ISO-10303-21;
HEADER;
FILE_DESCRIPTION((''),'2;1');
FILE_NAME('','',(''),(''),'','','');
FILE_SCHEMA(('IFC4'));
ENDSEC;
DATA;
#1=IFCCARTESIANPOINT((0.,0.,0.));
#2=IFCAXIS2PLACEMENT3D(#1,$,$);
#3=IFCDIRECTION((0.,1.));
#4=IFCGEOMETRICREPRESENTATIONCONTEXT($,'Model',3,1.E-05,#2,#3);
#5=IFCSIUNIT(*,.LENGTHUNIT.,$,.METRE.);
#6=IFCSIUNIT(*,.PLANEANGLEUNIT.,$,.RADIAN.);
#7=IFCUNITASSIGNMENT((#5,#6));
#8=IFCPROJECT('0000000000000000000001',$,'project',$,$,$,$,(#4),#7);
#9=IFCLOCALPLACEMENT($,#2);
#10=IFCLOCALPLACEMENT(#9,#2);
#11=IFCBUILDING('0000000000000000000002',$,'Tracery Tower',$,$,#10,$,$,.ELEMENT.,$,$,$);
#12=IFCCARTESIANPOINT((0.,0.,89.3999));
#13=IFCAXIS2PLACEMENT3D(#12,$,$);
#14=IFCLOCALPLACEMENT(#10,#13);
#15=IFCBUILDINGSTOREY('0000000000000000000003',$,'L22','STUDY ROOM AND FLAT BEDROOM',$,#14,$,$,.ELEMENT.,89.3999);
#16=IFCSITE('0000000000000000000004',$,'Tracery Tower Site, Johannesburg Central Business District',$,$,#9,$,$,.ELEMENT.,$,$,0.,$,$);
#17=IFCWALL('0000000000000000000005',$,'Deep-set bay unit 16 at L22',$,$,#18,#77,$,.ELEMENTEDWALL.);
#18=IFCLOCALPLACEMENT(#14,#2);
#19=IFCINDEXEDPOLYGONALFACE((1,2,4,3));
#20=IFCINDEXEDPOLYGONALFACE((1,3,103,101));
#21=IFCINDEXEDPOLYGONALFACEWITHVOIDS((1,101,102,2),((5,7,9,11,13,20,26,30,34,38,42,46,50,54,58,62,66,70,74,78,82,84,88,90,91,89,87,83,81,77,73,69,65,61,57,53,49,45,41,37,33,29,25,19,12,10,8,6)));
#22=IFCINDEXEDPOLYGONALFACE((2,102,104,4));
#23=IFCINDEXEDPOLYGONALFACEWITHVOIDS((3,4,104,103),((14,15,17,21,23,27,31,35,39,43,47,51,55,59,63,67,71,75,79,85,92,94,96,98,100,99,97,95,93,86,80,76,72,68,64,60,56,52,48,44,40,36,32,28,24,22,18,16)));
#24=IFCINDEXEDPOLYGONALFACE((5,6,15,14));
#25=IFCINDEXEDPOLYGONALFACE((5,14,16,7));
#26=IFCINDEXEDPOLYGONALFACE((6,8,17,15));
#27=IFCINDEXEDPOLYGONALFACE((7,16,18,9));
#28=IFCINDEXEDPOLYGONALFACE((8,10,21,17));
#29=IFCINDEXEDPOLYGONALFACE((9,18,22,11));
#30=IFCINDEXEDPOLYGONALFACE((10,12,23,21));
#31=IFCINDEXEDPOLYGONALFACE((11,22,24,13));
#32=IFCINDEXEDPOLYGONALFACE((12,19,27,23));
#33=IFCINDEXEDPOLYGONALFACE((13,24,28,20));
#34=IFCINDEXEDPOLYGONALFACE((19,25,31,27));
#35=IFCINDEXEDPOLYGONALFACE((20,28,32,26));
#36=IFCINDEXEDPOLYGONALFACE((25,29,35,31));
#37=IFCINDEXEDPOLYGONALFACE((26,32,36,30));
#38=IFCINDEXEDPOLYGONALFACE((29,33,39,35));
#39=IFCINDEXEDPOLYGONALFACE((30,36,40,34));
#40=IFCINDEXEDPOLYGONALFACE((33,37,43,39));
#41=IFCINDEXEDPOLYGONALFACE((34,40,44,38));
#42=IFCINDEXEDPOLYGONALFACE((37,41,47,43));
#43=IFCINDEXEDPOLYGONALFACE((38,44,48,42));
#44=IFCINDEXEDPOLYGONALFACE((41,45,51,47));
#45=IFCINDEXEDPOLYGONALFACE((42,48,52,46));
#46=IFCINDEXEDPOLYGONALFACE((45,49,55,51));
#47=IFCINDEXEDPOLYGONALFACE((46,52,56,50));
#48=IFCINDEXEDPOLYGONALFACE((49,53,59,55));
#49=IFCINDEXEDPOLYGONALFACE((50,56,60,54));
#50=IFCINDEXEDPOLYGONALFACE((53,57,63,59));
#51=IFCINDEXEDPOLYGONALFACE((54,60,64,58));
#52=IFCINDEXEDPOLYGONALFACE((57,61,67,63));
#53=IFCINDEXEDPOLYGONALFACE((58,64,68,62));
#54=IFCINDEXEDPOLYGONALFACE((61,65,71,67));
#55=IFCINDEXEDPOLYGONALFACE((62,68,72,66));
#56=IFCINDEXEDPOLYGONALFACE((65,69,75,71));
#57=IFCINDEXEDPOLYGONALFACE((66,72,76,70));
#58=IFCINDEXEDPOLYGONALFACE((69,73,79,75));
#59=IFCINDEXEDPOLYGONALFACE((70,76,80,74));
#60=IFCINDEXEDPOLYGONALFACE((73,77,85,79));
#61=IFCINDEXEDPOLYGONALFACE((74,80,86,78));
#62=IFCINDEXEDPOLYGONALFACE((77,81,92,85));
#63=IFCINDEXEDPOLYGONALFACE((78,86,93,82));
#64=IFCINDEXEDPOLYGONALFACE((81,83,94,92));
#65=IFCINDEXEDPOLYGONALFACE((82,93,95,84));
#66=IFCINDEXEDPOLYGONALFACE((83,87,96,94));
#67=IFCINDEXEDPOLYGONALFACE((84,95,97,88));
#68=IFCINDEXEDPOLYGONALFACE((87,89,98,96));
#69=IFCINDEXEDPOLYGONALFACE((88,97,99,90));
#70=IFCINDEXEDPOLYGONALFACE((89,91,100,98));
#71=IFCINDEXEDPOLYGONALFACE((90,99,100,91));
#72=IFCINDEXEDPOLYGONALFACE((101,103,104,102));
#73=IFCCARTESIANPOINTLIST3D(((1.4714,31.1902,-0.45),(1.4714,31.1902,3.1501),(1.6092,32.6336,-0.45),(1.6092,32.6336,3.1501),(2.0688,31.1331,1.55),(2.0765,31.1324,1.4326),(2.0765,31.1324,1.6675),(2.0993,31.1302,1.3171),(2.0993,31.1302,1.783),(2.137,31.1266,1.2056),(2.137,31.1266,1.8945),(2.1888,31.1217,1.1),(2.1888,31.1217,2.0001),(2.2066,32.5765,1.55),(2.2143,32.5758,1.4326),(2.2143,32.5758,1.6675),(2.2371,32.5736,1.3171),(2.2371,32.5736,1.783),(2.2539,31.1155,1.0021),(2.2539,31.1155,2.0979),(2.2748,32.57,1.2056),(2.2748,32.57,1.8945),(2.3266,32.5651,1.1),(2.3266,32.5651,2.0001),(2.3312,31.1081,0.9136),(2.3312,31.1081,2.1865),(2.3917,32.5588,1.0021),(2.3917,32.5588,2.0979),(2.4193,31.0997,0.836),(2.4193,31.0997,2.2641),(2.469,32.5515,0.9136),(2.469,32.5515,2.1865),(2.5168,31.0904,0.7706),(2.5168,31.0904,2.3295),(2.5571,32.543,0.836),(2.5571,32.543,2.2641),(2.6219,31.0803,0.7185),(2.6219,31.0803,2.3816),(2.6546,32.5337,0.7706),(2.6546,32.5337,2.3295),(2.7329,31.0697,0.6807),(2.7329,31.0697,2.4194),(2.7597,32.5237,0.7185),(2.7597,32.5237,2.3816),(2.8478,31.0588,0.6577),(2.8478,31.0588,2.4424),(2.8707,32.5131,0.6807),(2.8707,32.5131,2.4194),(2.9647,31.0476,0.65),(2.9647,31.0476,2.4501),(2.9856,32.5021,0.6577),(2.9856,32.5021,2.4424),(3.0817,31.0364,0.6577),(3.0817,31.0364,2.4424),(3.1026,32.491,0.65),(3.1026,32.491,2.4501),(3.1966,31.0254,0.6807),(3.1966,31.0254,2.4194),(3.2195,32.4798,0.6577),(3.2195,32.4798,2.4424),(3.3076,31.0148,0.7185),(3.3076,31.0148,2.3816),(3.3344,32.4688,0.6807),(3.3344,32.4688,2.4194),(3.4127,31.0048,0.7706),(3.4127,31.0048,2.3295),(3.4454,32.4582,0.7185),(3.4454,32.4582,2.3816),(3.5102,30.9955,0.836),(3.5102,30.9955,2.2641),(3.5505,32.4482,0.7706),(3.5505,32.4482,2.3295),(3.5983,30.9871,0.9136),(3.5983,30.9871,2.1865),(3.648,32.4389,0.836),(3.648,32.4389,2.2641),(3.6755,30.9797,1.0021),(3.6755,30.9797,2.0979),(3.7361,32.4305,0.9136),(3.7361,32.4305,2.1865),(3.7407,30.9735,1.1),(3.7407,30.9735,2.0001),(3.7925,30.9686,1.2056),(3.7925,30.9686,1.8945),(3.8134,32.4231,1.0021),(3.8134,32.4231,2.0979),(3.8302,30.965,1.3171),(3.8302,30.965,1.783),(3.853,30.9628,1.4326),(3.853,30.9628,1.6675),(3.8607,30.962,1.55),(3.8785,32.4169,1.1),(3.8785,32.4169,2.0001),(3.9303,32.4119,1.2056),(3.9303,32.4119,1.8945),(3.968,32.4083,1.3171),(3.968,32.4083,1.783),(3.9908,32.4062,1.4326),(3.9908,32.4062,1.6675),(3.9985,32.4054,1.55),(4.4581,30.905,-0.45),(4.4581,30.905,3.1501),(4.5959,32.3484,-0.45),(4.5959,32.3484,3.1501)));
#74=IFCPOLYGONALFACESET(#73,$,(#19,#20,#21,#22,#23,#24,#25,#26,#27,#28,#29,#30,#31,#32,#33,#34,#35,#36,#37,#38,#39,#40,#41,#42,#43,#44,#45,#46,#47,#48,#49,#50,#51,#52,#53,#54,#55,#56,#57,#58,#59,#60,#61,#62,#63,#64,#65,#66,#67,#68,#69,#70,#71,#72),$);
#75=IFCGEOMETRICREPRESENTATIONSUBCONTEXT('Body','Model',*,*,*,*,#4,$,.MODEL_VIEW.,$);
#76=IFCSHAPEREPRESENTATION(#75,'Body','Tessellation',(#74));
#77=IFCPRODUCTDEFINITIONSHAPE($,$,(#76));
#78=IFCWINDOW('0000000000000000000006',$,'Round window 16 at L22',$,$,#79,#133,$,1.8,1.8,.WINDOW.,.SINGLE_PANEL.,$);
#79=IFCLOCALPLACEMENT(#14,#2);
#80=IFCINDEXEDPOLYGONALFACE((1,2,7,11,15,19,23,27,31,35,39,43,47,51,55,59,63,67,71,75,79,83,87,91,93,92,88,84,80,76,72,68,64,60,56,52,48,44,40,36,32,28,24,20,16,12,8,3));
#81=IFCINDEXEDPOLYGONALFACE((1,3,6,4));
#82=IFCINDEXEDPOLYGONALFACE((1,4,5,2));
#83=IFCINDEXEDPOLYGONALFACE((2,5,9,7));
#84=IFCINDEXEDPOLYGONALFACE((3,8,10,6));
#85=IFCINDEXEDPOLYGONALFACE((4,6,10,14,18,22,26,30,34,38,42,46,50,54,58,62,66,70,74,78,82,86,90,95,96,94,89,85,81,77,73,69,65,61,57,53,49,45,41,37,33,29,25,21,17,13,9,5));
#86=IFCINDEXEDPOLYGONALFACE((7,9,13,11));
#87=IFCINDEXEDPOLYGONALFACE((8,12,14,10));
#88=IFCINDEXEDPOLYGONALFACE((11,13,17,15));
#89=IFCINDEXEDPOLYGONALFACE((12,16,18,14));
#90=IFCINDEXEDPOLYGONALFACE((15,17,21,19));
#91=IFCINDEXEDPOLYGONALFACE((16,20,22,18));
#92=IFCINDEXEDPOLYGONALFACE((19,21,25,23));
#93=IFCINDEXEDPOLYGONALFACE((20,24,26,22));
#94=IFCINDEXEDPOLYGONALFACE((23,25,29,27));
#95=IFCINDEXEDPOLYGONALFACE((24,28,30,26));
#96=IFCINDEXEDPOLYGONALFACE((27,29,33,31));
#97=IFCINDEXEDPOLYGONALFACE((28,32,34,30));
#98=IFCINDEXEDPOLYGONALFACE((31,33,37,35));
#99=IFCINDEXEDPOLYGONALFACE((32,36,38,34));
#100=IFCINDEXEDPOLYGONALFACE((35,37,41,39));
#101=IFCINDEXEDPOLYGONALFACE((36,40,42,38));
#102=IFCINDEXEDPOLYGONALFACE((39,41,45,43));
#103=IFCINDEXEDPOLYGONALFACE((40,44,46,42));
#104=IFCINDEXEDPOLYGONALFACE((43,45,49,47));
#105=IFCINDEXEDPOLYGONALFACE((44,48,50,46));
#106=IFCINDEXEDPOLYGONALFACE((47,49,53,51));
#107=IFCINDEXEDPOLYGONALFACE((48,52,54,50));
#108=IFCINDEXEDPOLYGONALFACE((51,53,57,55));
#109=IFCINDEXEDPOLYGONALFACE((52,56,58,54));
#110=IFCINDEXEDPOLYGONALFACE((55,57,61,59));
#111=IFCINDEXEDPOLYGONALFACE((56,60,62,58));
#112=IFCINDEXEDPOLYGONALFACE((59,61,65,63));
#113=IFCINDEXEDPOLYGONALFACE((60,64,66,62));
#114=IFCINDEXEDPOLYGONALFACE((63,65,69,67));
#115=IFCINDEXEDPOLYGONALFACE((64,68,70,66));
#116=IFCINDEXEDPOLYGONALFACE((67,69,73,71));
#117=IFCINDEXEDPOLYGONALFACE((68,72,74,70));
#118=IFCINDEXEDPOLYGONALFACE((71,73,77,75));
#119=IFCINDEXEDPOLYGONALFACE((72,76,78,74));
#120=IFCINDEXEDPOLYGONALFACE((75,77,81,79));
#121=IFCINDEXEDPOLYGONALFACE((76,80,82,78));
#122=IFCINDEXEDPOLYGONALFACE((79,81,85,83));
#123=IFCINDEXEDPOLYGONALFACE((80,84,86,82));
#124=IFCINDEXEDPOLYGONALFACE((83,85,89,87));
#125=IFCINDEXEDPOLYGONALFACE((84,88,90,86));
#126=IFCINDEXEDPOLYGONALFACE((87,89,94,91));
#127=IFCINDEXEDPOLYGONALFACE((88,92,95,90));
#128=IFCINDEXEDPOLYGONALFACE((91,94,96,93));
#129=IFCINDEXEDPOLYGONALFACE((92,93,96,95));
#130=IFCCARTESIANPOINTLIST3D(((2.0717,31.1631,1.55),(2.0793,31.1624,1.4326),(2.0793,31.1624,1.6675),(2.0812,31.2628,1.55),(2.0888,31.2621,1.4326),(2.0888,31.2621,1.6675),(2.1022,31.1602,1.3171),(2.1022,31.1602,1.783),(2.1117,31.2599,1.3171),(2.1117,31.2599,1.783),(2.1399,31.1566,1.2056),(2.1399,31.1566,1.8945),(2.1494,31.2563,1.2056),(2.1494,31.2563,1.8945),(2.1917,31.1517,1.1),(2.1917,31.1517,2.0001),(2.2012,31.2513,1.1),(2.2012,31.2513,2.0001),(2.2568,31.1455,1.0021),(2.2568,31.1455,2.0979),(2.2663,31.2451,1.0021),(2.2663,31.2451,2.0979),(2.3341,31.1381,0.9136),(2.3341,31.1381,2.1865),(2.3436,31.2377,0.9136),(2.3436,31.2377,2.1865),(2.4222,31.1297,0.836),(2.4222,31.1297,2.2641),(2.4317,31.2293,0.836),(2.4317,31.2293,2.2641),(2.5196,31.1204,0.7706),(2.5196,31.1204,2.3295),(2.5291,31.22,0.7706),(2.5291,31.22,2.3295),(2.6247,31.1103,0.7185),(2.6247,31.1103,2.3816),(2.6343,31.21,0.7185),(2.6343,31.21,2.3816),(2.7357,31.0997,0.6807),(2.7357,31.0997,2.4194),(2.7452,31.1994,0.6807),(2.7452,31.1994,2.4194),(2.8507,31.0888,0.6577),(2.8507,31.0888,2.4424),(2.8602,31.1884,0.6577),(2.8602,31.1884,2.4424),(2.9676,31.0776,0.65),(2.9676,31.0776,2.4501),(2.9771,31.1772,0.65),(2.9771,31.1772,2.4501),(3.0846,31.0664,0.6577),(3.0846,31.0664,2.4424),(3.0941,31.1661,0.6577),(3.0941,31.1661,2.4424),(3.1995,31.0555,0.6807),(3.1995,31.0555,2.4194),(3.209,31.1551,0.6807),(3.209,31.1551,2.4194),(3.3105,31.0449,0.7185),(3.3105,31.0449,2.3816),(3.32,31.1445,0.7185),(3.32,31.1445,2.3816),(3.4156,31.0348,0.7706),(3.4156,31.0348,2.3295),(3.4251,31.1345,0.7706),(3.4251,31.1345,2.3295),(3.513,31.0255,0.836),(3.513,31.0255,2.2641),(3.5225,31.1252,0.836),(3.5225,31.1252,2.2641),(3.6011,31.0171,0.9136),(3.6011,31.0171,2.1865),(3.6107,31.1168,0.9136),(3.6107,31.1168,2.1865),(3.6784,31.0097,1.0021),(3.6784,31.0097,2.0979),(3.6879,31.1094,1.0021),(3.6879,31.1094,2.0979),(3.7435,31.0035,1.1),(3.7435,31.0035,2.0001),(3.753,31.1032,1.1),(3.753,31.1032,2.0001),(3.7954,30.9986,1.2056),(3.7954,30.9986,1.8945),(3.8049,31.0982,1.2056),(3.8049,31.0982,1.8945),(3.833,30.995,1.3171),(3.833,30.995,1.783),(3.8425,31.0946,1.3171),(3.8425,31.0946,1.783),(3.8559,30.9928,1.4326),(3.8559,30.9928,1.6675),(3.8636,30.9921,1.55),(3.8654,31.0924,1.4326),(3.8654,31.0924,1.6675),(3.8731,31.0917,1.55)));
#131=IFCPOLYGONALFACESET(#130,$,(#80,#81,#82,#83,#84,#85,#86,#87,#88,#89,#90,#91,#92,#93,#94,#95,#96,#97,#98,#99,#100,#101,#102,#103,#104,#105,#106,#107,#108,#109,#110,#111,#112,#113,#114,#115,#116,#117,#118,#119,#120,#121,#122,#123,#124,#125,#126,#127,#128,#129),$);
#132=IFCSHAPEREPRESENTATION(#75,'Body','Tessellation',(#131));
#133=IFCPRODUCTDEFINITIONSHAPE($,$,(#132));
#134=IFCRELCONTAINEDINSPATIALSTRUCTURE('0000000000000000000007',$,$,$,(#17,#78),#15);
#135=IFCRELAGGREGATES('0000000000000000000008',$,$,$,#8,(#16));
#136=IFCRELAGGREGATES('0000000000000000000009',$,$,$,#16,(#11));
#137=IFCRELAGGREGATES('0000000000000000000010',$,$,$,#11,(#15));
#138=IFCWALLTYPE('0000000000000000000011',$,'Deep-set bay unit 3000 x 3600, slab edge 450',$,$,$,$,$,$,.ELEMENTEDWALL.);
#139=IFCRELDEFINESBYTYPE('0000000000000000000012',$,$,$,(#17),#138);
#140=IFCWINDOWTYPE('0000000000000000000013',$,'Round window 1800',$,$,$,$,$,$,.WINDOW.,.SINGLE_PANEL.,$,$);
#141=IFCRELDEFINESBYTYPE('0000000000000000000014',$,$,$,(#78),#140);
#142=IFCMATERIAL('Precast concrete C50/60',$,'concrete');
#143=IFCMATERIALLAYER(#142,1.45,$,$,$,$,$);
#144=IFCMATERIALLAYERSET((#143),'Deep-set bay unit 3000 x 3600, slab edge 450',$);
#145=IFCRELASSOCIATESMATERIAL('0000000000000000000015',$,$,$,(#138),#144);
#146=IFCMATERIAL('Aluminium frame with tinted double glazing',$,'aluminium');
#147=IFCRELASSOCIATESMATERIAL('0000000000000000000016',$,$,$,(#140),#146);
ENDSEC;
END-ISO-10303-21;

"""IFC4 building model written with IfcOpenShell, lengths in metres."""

from ifc_helpers import new_model, si_unit, direction, frame, frame_2d, origin, origin_2d, place, context, subcontext, project, spatial, rectangle, circle, extrude, material, layer, layer_set, type_object, element, fill, save


model = new_model("IFC4")

# Units and contexts
model_context = context("Model", 3, precision=1e-05, world=origin(), true_north=direction((0.0, 1.0)))
body_context = subcontext(model_context, "Body", "Model", "MODEL_VIEW")
ifc_project = project(units=[si_unit("LENGTHUNIT", "METRE"), si_unit("PLANEANGLEUNIT", "RADIAN")], contexts=[model_context])

# Site, building, storey
site_placement = place(None, origin())
site = spatial("IfcSite", under=ifc_project, at=site_placement, Name="Tracery Tower Site, Johannesburg Central Business District", CompositionType="ELEMENT", RefElevation=0.0)
building_placement = place(site_placement, origin())
building = spatial("IfcBuilding", under=site, at=building_placement, Name="Tracery Tower", CompositionType="ELEMENT")
storey_placement = place(building_placement, frame((0.0, 0.0, 89.3999)))
storey = spatial("IfcBuildingStorey", under=building, at=storey_placement, Name="L22", Description="STUDY ROOM AND FLAT BEDROOM", CompositionType="ELEMENT", Elevation=89.3999)

# Wall, opening, window
ifc_material_1 = material(Name="Precast concrete C50/60", Category="concrete")
ifc_layer_1 = layer(ifc_material_1, 1.45)
ifc_layer_set_1 = layer_set([ifc_layer_1], Name="Deep-set bay unit 3000 x 3600, slab edge 450")
wall_type_1 = type_object("IfcWallType", Name="Deep-set bay unit 3000 x 3600, slab edge 450", PredefinedType="ELEMENTEDWALL", material=ifc_layer_set_1)
wall_1_placement = place(storey_placement, frame((4.5269, 31.6267, -0.45), z_axis=(0.0, 0.0, 1.0), x_axis=(-0.995473, 0.095047, 0.0)))
wall_1 = element("IfcWall", 1, at=wall_1_placement, inside=storey, type_object=wall_type_1, Name="Deep-set bay unit 16 at L22", PredefinedType="ELEMENTEDWALL", context=body_context, shape_type="SweptSolid", body=[
    extrude(rectangle(XDim=3.0002, YDim=1.45, at=frame_2d((1.5, 0.0))), origin(), (0.0, 0.0, 1.0), 3.6001),
])
opening_1_placement = place(wall_1_placement, frame((1.5, 0.0, 2.0)))
opening_1 = element("IfcOpeningElement", 2, at=opening_1_placement, cuts=wall_1, PredefinedType="OPENING", context=body_context, shape_type="SweptSolid", body=[
    extrude(circle(Radius=0.9, at=origin_2d()), frame((0.0, 0.7349, 0.0), z_axis=(0.0, -1.0, 0.0), x_axis=(1.0, 0.0, 0.0)), (0.0, 0.0, 1.0), 1.47),
])
ifc_material_2 = material(Name="Aluminium frame with tinted double glazing", Category="aluminium")
window_type = type_object("IfcWindowType", Name="Round window 1800", PartitioningType="SINGLE_PANEL", PredefinedType="WINDOW", material=ifc_material_2)
window_1_placement = place(opening_1_placement, origin())
window_1 = element("IfcWindow", 3, at=window_1_placement, inside=storey, type_object=window_type, Name="Round window 16 at L22", OverallHeight=1.8, OverallWidth=1.8, PartitioningType="SINGLE_PANEL", PredefinedType="WINDOW", context=body_context, shape_type="SweptSolid", body=[
    extrude(circle(Radius=0.9, at=origin_2d()), frame((0.0, 0.6948, 0.0), z_axis=(0.0, -1.0, 0.0), x_axis=(1.0, 0.0, 0.0)), (0.0, 0.0, 1.0), 0.1001),
])
fill(opening_1, window_1)

save(model, "model.ifc")
